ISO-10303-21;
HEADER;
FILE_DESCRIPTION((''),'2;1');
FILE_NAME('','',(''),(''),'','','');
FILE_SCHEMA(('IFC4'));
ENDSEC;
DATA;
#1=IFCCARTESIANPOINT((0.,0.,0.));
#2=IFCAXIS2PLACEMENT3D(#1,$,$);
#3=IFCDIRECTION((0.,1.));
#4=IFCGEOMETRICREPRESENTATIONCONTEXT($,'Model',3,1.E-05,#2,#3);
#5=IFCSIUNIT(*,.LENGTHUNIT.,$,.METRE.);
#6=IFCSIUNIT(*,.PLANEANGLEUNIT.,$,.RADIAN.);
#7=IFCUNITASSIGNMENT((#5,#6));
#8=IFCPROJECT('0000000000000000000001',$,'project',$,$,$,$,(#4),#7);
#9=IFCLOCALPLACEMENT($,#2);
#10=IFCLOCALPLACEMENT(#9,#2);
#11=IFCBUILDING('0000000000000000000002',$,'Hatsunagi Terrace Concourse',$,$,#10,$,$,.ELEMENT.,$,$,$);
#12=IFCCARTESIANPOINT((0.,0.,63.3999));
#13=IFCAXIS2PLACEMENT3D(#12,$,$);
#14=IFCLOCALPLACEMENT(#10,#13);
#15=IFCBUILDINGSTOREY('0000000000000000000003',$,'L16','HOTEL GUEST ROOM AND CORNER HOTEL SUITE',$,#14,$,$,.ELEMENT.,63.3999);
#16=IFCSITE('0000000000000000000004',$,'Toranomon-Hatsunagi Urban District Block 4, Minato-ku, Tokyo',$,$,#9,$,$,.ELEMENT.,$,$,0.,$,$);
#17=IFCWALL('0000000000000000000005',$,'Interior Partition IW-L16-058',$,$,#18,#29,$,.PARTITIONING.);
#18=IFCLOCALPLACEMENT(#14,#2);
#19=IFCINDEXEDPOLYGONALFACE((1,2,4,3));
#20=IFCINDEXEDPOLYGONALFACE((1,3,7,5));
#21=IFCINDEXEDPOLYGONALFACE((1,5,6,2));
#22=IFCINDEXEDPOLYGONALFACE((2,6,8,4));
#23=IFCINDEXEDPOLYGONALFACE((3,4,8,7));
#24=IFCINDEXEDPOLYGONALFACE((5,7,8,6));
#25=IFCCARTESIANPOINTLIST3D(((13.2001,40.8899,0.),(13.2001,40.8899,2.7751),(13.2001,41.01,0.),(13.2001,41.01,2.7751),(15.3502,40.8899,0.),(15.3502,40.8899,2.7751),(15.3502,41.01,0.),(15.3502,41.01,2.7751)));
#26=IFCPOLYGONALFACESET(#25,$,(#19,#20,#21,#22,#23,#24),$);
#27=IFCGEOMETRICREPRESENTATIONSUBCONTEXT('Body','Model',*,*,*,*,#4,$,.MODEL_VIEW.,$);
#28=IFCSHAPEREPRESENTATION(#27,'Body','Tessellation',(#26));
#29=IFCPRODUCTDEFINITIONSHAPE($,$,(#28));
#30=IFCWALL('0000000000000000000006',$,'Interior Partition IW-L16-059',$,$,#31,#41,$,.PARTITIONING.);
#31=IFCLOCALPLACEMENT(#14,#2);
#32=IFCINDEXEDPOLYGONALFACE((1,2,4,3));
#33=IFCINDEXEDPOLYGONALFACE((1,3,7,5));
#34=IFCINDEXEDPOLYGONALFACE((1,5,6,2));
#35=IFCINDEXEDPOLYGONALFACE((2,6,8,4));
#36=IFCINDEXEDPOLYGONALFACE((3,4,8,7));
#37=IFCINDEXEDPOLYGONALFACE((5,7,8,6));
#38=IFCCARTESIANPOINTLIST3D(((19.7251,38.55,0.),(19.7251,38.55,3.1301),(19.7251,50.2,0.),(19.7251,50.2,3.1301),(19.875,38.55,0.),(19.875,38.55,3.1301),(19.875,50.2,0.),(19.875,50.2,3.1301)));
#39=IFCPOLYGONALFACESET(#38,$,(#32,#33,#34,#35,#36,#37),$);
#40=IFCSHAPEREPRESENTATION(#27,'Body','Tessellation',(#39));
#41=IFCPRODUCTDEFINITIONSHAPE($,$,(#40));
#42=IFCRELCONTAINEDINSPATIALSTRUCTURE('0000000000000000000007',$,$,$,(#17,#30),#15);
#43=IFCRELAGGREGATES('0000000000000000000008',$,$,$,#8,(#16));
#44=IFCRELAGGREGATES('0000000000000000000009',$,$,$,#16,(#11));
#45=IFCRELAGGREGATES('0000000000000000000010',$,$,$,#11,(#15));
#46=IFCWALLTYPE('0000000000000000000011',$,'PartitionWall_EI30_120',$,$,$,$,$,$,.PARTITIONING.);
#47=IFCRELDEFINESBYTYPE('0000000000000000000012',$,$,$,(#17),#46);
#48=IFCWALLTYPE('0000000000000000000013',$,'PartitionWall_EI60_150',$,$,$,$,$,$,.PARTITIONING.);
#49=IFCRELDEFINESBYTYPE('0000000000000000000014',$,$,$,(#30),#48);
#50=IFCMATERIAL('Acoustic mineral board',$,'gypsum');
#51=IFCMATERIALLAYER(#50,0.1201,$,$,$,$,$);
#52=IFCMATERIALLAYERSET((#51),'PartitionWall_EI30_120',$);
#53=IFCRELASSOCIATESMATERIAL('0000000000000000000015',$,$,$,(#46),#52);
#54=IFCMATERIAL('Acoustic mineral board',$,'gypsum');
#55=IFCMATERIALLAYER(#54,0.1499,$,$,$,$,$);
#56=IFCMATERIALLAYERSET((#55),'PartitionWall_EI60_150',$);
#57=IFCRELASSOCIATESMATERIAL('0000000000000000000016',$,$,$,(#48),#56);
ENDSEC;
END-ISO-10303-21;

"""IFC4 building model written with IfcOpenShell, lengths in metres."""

from ifc_helpers import new_model, si_unit, direction, frame, frame_2d, origin, place, context, subcontext, project, spatial, rectangle, extrude, material, layer, layer_set, type_object, element, save


model = new_model("IFC4")

# Units and contexts
model_context = context("Model", 3, precision=1e-05, world=origin(), true_north=direction((0.0, 1.0)))
body_context = subcontext(model_context, "Body", "Model", "MODEL_VIEW")
ifc_project = project(units=[si_unit("LENGTHUNIT", "METRE"), si_unit("PLANEANGLEUNIT", "RADIAN")], contexts=[model_context])

# Site, building, storey
site_placement = place(None, origin())
site = spatial("IfcSite", under=ifc_project, at=site_placement, Name="Toranomon-Hatsunagi Urban District Block 4, Minato-ku, Tokyo", CompositionType="ELEMENT", RefElevation=0.0)
building_placement = place(site_placement, origin())
building = spatial("IfcBuilding", under=site, at=building_placement, Name="Hatsunagi Terrace Concourse", CompositionType="ELEMENT")
storey_placement = place(building_placement, frame((0.0, 0.0, 63.3999)))
storey = spatial("IfcBuildingStorey", under=building, at=storey_placement, Name="L16", Description="HOTEL GUEST ROOM AND CORNER HOTEL SUITE", CompositionType="ELEMENT", Elevation=63.3999)

# Shared definitions
ifc_material_1 = material(Name="Acoustic mineral board", Category="gypsum")
ifc_layer_1 = layer(ifc_material_1, 0.1201)
ifc_layer_set_1 = layer_set([ifc_layer_1], Name="PartitionWall_EI30_120")
wall_type_1 = type_object("IfcWallType", Name="PartitionWall_EI30_120", PredefinedType="PARTITIONING", material=ifc_layer_set_1)

# Walls
wall_1_placement = place(storey_placement, frame((13.2, 40.95, 0.0), z_axis=(0.0, 0.0, 1.0), x_axis=(1.0, 0.0, 0.0)))
element("IfcWall", 1, at=wall_1_placement, inside=storey, type_object=wall_type_1, Name="Interior Partition IW-L16-058", PredefinedType="PARTITIONING", context=body_context, shape_type="SweptSolid", body=[
    extrude(rectangle(XDim=2.1501, YDim=0.1201, at=frame_2d((1.0752, 0.0))), origin(), (0.0, 0.0, 1.0), 2.7751),
])
ifc_material_2 = material(Name="Acoustic mineral board", Category="gypsum")
ifc_layer_2 = layer(ifc_material_2, 0.1499)
ifc_layer_set_2 = layer_set([ifc_layer_2], Name="PartitionWall_EI60_150")
wall_type_2 = type_object("IfcWallType", Name="PartitionWall_EI60_150", PredefinedType="PARTITIONING", material=ifc_layer_set_2)
wall_2_placement = place(storey_placement, frame((19.8, 38.55, 0.0), z_axis=(0.0, 0.0, 1.0), x_axis=(0.0, 1.0, 0.0)))
element("IfcWall", 2, at=wall_2_placement, inside=storey, type_object=wall_type_2, Name="Interior Partition IW-L16-059", PredefinedType="PARTITIONING", context=body_context, shape_type="SweptSolid", body=[
    extrude(rectangle(XDim=11.6499, YDim=0.1499, at=frame_2d((5.825, 0.0))), origin(), (0.0, 0.0, 1.0), 3.1301),
])

save(model, "model.ifc")
